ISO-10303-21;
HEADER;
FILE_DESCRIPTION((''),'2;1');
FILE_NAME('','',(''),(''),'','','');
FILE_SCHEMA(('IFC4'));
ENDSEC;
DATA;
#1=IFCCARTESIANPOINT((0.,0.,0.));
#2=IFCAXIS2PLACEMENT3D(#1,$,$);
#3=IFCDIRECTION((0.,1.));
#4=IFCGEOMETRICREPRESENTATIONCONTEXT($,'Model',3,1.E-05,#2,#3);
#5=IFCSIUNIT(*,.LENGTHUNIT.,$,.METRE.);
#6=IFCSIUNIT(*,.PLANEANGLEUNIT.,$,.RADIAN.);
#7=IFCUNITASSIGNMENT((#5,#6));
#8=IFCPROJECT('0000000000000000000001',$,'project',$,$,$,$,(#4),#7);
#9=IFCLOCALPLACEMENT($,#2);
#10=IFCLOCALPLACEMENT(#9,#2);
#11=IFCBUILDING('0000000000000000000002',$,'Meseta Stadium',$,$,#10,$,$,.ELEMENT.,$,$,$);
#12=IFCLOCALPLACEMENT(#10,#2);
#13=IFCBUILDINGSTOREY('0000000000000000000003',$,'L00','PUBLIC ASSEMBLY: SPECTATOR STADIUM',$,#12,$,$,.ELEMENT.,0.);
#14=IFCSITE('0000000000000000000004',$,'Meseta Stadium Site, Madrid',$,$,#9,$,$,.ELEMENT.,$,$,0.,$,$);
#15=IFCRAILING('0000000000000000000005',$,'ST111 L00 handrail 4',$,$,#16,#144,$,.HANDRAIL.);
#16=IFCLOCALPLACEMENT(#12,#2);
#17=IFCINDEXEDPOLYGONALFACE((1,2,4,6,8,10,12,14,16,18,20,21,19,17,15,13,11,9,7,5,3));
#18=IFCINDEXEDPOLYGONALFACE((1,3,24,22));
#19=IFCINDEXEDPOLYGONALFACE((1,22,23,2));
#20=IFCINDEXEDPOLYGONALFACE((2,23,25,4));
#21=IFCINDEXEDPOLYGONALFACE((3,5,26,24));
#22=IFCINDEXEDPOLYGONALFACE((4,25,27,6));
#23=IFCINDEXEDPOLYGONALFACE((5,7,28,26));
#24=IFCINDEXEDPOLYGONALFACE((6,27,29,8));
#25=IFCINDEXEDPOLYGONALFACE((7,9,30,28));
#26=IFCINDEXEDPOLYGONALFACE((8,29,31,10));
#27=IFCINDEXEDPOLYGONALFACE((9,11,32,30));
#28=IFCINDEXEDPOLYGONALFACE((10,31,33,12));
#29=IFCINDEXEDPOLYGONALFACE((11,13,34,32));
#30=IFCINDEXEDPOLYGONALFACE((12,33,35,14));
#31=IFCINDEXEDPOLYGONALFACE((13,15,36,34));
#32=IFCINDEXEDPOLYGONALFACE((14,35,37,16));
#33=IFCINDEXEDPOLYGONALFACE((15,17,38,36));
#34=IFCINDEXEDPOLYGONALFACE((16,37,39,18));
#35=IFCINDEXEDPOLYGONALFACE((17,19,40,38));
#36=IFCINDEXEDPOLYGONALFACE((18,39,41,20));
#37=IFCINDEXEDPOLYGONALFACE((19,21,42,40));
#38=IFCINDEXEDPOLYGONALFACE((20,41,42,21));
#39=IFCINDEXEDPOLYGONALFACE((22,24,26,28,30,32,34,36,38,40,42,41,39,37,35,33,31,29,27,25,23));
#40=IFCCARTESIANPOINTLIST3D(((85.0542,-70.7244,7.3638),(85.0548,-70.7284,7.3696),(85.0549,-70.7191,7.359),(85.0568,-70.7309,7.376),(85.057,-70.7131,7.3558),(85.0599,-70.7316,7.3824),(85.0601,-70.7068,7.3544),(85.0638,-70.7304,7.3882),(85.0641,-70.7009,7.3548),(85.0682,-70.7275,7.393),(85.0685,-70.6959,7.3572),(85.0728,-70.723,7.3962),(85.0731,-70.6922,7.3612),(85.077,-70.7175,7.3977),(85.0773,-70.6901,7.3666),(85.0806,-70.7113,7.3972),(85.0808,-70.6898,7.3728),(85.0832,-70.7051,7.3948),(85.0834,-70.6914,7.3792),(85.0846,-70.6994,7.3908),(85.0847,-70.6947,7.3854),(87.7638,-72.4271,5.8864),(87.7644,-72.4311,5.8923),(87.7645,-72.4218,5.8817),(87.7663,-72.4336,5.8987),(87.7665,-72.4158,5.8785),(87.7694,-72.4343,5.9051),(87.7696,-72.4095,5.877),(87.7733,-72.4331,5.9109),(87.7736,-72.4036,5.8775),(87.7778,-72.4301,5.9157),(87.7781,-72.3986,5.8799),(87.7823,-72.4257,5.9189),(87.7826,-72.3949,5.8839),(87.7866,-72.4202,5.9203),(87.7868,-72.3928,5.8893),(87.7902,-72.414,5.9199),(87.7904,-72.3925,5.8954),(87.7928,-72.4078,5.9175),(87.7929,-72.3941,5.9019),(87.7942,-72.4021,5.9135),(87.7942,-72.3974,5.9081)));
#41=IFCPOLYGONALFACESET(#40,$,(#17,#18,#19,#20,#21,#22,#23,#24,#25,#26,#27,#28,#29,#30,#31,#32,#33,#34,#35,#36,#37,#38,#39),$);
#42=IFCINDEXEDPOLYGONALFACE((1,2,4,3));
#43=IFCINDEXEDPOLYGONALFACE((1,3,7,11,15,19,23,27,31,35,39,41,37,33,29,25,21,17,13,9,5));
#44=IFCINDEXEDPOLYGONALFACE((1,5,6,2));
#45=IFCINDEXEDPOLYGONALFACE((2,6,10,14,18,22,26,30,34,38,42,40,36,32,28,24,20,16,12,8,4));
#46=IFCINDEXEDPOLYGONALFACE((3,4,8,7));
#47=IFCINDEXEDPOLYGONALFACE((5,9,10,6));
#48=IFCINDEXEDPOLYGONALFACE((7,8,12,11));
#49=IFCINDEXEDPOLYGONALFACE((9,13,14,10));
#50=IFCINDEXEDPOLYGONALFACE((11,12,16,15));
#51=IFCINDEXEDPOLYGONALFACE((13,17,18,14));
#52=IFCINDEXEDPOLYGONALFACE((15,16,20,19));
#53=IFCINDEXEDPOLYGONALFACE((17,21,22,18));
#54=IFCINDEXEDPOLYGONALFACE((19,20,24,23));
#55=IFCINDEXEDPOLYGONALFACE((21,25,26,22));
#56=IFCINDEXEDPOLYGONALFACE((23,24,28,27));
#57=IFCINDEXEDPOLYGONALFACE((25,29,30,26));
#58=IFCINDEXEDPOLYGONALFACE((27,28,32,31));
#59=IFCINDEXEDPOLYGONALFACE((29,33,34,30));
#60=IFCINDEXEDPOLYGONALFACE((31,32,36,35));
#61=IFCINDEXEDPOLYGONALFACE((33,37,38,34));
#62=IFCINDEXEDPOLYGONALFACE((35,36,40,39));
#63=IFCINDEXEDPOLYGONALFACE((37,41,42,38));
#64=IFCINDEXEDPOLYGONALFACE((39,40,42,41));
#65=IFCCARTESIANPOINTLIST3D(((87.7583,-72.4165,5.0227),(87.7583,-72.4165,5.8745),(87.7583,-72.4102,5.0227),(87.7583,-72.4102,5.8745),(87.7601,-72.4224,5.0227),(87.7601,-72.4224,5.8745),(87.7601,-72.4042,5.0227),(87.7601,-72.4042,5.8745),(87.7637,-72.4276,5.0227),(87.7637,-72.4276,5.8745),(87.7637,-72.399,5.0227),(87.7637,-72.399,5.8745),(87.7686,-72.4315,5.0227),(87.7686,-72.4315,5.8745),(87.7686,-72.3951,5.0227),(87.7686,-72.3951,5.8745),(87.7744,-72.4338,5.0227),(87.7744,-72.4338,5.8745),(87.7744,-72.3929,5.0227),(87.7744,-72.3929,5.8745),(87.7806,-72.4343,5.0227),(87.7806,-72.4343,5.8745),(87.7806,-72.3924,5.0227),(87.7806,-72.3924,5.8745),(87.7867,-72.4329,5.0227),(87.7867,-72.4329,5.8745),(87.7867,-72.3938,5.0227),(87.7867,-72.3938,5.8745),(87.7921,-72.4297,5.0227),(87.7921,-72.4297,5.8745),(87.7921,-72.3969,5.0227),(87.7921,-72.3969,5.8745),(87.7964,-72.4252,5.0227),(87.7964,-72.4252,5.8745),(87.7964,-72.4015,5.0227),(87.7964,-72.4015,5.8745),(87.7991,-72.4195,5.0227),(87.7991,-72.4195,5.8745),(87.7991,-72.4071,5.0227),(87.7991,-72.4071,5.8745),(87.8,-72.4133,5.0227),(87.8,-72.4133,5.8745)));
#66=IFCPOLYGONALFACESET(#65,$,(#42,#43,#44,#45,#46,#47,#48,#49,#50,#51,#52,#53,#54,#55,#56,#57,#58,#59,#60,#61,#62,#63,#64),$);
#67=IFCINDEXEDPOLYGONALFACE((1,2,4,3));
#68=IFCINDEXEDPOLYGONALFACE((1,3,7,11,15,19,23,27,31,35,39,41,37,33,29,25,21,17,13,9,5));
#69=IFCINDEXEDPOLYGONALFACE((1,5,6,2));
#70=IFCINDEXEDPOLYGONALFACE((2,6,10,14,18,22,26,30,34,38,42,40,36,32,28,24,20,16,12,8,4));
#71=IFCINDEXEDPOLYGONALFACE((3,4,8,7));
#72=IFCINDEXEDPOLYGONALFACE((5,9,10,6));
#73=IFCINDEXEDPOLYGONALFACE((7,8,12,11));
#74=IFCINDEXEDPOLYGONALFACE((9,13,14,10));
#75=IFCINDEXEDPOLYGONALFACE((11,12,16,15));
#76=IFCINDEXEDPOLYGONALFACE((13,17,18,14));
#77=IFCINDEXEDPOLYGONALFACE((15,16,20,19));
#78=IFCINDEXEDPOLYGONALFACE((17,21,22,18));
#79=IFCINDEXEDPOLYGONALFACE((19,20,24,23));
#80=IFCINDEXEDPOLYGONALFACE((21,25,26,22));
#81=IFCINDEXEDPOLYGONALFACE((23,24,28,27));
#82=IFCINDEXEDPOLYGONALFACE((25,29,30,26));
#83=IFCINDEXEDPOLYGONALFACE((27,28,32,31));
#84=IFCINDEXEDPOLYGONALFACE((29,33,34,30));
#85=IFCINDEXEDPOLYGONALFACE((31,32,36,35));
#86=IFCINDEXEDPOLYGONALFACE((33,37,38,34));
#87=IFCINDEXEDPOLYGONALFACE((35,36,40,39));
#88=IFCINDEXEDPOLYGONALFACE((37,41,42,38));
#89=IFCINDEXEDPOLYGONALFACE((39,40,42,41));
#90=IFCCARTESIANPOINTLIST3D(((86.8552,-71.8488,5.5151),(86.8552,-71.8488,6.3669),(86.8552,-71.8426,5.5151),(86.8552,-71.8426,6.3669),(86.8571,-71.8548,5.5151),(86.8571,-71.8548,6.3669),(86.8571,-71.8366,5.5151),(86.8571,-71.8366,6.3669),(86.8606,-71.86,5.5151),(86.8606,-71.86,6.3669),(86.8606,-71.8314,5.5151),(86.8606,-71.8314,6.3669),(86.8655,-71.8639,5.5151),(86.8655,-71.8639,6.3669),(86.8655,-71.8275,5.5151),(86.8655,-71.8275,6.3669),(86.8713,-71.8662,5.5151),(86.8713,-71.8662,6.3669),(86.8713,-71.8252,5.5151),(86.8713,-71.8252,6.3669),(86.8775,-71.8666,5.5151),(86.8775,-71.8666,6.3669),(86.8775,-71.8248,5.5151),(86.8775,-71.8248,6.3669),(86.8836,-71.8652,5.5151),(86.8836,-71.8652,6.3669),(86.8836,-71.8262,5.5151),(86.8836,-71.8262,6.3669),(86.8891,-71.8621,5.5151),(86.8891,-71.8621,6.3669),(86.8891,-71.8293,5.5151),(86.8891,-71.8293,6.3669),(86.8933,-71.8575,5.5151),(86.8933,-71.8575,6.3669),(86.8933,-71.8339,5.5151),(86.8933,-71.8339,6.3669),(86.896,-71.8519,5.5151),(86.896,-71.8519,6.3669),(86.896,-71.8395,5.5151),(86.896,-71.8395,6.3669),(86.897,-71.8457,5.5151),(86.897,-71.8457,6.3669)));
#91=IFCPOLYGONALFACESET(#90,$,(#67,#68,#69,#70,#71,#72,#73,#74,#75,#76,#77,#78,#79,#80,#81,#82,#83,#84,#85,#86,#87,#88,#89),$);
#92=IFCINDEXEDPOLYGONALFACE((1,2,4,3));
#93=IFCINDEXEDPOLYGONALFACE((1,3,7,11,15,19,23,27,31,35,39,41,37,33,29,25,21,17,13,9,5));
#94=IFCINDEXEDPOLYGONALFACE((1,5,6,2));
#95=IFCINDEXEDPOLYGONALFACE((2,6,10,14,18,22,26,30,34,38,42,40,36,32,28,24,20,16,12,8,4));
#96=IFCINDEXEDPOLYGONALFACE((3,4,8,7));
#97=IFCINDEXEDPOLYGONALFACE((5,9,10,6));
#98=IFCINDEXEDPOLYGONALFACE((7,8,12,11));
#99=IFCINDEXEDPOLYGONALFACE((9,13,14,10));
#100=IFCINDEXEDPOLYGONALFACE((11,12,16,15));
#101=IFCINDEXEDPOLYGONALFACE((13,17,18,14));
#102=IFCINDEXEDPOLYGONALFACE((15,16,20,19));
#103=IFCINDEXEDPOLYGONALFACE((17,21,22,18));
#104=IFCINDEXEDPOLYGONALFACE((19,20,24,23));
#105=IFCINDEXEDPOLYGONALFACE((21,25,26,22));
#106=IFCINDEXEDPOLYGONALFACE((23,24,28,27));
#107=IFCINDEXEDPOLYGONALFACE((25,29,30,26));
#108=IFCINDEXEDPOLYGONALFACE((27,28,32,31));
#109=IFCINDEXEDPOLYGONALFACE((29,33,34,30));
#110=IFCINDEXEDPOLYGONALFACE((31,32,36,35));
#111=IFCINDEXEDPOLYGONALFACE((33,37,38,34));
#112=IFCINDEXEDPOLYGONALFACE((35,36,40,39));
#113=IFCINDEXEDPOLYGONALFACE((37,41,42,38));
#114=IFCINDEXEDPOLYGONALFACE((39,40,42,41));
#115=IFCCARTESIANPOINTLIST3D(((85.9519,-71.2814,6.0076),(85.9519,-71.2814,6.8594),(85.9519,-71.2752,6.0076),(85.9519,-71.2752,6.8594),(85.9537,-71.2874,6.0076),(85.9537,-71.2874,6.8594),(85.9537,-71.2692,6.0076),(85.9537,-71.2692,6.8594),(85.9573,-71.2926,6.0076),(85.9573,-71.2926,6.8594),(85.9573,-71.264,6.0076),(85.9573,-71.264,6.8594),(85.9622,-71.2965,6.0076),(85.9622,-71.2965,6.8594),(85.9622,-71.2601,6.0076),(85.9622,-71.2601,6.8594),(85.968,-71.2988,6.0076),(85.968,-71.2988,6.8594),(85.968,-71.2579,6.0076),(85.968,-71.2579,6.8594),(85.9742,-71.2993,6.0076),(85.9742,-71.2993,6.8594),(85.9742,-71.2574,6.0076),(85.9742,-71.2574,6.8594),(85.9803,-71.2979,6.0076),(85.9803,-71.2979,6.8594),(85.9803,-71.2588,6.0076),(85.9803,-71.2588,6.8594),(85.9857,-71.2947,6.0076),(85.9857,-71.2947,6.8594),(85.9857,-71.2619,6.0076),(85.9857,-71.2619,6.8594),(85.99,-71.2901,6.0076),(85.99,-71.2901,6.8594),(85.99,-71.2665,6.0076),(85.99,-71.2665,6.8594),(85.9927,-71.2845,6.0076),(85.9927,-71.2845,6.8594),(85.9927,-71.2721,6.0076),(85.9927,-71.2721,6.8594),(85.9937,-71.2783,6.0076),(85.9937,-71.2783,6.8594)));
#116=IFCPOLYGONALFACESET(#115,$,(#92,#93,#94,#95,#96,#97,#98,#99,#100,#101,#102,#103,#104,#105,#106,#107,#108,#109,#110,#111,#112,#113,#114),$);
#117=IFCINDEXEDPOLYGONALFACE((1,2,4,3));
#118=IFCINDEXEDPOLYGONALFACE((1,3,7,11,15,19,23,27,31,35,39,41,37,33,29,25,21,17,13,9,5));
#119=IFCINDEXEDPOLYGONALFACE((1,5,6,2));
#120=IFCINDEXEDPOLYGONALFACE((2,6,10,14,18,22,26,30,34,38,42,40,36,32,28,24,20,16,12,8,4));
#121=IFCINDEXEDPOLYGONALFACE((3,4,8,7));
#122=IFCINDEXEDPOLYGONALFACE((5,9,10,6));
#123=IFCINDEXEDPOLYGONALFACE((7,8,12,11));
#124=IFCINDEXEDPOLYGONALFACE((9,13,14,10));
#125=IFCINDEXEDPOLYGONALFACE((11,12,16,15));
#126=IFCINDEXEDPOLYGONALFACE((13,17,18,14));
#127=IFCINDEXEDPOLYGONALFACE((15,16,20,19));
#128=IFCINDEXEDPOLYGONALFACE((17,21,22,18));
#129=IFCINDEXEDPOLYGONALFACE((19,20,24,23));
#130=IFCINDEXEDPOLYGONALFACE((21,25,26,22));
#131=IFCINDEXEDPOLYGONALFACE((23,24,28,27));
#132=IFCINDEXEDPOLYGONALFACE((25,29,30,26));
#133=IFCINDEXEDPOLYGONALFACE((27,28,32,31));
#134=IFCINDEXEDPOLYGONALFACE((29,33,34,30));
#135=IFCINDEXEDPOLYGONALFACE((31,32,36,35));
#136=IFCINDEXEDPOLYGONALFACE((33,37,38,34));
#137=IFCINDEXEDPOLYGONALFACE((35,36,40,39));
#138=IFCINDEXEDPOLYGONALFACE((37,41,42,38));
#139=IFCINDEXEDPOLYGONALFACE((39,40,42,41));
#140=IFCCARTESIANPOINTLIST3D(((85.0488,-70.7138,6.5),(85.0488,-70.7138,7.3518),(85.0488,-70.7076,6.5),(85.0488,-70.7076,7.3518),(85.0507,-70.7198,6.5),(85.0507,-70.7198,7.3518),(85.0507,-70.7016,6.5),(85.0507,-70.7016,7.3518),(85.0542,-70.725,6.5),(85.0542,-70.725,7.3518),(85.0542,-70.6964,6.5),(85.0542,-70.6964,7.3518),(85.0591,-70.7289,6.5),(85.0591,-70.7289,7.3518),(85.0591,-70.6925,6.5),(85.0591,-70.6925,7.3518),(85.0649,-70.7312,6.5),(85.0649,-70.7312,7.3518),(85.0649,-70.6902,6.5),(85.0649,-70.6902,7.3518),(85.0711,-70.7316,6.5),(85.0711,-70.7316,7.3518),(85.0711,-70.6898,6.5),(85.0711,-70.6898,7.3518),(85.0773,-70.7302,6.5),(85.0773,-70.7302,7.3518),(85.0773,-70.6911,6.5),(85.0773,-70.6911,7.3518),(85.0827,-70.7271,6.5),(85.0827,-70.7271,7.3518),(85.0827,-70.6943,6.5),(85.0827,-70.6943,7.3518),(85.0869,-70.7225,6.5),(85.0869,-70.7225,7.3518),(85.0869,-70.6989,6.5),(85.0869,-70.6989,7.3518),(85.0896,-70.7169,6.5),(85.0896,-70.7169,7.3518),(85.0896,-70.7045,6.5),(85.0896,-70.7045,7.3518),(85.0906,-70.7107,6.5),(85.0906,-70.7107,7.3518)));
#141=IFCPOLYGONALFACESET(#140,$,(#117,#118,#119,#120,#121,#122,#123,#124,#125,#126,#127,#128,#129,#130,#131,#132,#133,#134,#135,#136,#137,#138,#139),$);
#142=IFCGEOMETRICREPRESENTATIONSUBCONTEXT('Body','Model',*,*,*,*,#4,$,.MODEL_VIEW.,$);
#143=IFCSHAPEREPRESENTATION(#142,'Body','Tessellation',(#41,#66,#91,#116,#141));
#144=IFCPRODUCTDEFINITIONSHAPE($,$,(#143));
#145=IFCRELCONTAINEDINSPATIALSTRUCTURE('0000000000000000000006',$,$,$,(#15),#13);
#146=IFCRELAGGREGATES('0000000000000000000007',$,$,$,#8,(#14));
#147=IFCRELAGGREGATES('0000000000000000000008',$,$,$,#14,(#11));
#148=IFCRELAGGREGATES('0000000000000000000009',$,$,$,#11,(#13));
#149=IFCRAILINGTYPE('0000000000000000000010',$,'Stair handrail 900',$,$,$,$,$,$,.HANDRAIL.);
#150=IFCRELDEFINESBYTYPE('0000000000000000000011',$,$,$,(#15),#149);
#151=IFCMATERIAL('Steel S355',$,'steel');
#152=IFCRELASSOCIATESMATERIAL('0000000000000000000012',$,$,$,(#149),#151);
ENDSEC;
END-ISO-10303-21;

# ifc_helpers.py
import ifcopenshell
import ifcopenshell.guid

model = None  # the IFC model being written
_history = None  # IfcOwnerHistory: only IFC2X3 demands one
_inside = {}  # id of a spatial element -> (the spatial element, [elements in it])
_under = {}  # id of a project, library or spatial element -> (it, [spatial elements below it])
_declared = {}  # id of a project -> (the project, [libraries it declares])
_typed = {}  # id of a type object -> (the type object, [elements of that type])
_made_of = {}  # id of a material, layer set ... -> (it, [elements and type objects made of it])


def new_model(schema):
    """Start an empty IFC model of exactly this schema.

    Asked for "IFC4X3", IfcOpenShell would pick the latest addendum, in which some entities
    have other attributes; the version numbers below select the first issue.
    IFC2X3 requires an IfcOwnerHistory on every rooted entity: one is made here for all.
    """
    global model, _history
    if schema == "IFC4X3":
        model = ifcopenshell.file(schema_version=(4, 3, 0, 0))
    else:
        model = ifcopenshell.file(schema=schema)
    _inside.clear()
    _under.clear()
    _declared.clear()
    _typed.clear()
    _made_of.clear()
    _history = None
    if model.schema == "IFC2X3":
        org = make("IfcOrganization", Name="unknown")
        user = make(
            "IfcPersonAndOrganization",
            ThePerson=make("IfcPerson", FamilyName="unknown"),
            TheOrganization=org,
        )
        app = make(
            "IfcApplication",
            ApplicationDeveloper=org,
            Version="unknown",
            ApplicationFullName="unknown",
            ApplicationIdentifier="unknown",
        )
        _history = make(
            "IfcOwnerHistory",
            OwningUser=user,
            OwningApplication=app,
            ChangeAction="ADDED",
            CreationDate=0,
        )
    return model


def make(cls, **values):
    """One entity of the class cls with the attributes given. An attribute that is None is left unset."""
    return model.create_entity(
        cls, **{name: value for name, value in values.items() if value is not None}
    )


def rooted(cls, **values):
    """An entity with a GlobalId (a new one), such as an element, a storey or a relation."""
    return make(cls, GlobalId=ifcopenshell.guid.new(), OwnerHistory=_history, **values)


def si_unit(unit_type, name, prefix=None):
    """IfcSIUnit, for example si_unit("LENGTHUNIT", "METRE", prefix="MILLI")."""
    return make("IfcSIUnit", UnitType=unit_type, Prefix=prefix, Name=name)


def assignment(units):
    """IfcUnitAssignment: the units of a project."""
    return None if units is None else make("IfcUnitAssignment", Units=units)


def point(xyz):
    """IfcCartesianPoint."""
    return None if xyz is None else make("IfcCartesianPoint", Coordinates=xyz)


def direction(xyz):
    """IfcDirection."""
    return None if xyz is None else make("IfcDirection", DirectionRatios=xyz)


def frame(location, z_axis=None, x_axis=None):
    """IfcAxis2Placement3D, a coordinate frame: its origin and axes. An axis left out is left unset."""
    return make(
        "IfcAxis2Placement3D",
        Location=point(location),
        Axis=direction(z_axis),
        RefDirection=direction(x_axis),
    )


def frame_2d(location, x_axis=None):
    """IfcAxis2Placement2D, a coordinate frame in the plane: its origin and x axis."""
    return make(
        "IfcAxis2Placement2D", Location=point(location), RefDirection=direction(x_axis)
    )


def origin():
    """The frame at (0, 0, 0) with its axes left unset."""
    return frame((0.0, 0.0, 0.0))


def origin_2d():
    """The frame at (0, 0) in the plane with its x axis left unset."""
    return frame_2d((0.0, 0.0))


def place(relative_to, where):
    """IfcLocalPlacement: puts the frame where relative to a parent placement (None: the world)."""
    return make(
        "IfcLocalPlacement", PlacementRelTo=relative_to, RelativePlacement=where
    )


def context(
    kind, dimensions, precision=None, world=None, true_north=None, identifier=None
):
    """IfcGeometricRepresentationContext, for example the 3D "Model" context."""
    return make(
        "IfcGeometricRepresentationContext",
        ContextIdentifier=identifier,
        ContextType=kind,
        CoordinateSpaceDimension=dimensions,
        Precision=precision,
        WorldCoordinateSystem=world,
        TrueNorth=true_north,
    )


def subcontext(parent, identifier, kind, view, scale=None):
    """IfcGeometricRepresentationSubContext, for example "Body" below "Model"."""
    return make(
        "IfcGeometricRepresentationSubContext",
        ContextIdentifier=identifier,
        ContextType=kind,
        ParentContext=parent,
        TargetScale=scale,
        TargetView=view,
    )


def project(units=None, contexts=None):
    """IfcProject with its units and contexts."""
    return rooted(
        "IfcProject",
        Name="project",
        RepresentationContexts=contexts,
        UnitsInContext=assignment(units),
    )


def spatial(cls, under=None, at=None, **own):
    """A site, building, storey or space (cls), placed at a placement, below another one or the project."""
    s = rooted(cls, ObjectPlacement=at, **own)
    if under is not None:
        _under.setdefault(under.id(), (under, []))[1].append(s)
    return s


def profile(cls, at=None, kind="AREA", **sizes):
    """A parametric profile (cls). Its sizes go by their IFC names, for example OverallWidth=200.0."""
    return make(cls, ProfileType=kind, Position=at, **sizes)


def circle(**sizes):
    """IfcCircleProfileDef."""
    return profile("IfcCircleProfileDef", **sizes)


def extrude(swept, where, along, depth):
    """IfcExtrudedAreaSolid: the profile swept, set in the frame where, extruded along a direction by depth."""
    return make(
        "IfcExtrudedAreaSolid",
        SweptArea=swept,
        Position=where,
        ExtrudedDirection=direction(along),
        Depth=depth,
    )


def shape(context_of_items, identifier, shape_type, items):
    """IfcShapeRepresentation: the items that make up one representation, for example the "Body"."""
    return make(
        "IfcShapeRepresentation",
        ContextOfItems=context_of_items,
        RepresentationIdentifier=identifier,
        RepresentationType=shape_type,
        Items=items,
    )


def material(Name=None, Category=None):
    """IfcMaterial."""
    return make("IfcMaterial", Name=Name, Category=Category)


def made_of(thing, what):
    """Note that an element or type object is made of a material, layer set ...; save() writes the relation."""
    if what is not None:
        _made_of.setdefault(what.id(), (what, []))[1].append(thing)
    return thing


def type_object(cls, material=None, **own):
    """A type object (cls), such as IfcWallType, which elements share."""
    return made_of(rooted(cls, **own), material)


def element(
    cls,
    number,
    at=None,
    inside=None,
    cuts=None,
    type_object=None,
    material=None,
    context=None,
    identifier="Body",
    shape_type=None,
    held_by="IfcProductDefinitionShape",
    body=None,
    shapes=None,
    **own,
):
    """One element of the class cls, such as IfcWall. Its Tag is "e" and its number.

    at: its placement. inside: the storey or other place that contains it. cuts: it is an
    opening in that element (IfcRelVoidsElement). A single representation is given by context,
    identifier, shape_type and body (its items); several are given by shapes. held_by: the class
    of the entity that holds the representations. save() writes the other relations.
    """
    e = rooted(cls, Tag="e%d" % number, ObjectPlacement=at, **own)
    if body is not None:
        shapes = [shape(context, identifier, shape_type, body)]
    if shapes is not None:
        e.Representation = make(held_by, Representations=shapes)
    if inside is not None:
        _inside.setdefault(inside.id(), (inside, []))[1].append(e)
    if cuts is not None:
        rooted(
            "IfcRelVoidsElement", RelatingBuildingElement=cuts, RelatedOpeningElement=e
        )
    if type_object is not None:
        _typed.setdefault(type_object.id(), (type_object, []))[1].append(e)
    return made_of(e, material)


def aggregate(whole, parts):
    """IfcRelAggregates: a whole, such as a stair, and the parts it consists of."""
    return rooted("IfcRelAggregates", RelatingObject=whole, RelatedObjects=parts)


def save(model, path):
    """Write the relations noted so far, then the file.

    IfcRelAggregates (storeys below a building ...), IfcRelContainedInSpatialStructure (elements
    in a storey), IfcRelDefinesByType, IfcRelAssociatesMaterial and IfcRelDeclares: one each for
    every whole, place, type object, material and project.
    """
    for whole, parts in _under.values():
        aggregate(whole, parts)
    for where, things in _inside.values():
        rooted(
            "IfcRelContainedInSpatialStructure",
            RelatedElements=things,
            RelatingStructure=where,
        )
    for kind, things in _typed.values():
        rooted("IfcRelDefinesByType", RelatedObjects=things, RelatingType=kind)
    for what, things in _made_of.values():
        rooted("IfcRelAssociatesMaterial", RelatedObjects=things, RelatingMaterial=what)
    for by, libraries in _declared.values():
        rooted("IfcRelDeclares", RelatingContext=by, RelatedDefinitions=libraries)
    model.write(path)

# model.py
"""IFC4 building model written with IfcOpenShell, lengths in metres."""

from ifc_helpers import new_model, si_unit, direction, frame, origin, origin_2d, place, context, subcontext, project, spatial, circle, extrude, material, type_object, element, save


model = new_model("IFC4")

# Units and contexts
model_context = context("Model", 3, precision=1e-05, world=origin(), true_north=direction((0.0, 1.0)))
body_context = subcontext(model_context, "Body", "Model", "MODEL_VIEW")
ifc_project = project(units=[si_unit("LENGTHUNIT", "METRE"), si_unit("PLANEANGLEUNIT", "RADIAN")], contexts=[model_context])

# Site, building, storey
site_placement = place(None, origin())
site = spatial("IfcSite", under=ifc_project, at=site_placement, Name="Meseta Stadium Site, Madrid", CompositionType="ELEMENT", RefElevation=0.0)
building_placement = place(site_placement, origin())
building = spatial("IfcBuilding", under=site, at=building_placement, Name="Meseta Stadium", CompositionType="ELEMENT")
storey_placement = place(building_placement, origin())
storey = spatial("IfcBuildingStorey", under=building, at=storey_placement, Name="L00", Description="PUBLIC ASSEMBLY: SPECTATOR STADIUM", CompositionType="ELEMENT", Elevation=0.0)

# Railing
ifc_material_1 = material(Name="Steel S355", Category="steel")
railing_type_1 = type_object("IfcRailingType", Name="Stair handrail 900", PredefinedType="HANDRAIL", material=ifc_material_1)
for number, where, name in (
    (1, (87.7791, -72.4133, 5.0227), "ST111 L00 handrail 4"),
):
    element("IfcRailing", number, at=place(storey_placement, frame(where)), inside=storey, type_object=railing_type_1, Name=name, PredefinedType="HANDRAIL", context=body_context, shape_type="SweptSolid", body=[
        extrude(circle(Radius=0.0239, at=origin_2d()), frame((0.0, 0.0, 0.876), z_axis=(-0.768738, 0.483076, 0.419142), x_axis=(-0.532068, -0.846701, 0.0)), (0.0, 0.0, 1.0), 3.5247),
        extrude(circle(Radius=0.021, at=origin_2d()), origin(), (0.0, 0.0, 1.0), 0.8518),
        extrude(circle(Radius=0.021, at=origin_2d()), frame((-0.9031, 0.5676, 0.4924)), (0.0, 0.0, 1.0), 0.8518),
        extrude(circle(Radius=0.021, at=origin_2d()), frame((-1.8064, 1.135, 0.9849)), (0.0, 0.0, 1.0), 0.8518),
        extrude(circle(Radius=0.021, at=origin_2d()), frame((-2.7095, 1.7026, 1.4773)), (0.0, 0.0, 1.0), 0.8518),
    ])

save(model, "model.ifc")
